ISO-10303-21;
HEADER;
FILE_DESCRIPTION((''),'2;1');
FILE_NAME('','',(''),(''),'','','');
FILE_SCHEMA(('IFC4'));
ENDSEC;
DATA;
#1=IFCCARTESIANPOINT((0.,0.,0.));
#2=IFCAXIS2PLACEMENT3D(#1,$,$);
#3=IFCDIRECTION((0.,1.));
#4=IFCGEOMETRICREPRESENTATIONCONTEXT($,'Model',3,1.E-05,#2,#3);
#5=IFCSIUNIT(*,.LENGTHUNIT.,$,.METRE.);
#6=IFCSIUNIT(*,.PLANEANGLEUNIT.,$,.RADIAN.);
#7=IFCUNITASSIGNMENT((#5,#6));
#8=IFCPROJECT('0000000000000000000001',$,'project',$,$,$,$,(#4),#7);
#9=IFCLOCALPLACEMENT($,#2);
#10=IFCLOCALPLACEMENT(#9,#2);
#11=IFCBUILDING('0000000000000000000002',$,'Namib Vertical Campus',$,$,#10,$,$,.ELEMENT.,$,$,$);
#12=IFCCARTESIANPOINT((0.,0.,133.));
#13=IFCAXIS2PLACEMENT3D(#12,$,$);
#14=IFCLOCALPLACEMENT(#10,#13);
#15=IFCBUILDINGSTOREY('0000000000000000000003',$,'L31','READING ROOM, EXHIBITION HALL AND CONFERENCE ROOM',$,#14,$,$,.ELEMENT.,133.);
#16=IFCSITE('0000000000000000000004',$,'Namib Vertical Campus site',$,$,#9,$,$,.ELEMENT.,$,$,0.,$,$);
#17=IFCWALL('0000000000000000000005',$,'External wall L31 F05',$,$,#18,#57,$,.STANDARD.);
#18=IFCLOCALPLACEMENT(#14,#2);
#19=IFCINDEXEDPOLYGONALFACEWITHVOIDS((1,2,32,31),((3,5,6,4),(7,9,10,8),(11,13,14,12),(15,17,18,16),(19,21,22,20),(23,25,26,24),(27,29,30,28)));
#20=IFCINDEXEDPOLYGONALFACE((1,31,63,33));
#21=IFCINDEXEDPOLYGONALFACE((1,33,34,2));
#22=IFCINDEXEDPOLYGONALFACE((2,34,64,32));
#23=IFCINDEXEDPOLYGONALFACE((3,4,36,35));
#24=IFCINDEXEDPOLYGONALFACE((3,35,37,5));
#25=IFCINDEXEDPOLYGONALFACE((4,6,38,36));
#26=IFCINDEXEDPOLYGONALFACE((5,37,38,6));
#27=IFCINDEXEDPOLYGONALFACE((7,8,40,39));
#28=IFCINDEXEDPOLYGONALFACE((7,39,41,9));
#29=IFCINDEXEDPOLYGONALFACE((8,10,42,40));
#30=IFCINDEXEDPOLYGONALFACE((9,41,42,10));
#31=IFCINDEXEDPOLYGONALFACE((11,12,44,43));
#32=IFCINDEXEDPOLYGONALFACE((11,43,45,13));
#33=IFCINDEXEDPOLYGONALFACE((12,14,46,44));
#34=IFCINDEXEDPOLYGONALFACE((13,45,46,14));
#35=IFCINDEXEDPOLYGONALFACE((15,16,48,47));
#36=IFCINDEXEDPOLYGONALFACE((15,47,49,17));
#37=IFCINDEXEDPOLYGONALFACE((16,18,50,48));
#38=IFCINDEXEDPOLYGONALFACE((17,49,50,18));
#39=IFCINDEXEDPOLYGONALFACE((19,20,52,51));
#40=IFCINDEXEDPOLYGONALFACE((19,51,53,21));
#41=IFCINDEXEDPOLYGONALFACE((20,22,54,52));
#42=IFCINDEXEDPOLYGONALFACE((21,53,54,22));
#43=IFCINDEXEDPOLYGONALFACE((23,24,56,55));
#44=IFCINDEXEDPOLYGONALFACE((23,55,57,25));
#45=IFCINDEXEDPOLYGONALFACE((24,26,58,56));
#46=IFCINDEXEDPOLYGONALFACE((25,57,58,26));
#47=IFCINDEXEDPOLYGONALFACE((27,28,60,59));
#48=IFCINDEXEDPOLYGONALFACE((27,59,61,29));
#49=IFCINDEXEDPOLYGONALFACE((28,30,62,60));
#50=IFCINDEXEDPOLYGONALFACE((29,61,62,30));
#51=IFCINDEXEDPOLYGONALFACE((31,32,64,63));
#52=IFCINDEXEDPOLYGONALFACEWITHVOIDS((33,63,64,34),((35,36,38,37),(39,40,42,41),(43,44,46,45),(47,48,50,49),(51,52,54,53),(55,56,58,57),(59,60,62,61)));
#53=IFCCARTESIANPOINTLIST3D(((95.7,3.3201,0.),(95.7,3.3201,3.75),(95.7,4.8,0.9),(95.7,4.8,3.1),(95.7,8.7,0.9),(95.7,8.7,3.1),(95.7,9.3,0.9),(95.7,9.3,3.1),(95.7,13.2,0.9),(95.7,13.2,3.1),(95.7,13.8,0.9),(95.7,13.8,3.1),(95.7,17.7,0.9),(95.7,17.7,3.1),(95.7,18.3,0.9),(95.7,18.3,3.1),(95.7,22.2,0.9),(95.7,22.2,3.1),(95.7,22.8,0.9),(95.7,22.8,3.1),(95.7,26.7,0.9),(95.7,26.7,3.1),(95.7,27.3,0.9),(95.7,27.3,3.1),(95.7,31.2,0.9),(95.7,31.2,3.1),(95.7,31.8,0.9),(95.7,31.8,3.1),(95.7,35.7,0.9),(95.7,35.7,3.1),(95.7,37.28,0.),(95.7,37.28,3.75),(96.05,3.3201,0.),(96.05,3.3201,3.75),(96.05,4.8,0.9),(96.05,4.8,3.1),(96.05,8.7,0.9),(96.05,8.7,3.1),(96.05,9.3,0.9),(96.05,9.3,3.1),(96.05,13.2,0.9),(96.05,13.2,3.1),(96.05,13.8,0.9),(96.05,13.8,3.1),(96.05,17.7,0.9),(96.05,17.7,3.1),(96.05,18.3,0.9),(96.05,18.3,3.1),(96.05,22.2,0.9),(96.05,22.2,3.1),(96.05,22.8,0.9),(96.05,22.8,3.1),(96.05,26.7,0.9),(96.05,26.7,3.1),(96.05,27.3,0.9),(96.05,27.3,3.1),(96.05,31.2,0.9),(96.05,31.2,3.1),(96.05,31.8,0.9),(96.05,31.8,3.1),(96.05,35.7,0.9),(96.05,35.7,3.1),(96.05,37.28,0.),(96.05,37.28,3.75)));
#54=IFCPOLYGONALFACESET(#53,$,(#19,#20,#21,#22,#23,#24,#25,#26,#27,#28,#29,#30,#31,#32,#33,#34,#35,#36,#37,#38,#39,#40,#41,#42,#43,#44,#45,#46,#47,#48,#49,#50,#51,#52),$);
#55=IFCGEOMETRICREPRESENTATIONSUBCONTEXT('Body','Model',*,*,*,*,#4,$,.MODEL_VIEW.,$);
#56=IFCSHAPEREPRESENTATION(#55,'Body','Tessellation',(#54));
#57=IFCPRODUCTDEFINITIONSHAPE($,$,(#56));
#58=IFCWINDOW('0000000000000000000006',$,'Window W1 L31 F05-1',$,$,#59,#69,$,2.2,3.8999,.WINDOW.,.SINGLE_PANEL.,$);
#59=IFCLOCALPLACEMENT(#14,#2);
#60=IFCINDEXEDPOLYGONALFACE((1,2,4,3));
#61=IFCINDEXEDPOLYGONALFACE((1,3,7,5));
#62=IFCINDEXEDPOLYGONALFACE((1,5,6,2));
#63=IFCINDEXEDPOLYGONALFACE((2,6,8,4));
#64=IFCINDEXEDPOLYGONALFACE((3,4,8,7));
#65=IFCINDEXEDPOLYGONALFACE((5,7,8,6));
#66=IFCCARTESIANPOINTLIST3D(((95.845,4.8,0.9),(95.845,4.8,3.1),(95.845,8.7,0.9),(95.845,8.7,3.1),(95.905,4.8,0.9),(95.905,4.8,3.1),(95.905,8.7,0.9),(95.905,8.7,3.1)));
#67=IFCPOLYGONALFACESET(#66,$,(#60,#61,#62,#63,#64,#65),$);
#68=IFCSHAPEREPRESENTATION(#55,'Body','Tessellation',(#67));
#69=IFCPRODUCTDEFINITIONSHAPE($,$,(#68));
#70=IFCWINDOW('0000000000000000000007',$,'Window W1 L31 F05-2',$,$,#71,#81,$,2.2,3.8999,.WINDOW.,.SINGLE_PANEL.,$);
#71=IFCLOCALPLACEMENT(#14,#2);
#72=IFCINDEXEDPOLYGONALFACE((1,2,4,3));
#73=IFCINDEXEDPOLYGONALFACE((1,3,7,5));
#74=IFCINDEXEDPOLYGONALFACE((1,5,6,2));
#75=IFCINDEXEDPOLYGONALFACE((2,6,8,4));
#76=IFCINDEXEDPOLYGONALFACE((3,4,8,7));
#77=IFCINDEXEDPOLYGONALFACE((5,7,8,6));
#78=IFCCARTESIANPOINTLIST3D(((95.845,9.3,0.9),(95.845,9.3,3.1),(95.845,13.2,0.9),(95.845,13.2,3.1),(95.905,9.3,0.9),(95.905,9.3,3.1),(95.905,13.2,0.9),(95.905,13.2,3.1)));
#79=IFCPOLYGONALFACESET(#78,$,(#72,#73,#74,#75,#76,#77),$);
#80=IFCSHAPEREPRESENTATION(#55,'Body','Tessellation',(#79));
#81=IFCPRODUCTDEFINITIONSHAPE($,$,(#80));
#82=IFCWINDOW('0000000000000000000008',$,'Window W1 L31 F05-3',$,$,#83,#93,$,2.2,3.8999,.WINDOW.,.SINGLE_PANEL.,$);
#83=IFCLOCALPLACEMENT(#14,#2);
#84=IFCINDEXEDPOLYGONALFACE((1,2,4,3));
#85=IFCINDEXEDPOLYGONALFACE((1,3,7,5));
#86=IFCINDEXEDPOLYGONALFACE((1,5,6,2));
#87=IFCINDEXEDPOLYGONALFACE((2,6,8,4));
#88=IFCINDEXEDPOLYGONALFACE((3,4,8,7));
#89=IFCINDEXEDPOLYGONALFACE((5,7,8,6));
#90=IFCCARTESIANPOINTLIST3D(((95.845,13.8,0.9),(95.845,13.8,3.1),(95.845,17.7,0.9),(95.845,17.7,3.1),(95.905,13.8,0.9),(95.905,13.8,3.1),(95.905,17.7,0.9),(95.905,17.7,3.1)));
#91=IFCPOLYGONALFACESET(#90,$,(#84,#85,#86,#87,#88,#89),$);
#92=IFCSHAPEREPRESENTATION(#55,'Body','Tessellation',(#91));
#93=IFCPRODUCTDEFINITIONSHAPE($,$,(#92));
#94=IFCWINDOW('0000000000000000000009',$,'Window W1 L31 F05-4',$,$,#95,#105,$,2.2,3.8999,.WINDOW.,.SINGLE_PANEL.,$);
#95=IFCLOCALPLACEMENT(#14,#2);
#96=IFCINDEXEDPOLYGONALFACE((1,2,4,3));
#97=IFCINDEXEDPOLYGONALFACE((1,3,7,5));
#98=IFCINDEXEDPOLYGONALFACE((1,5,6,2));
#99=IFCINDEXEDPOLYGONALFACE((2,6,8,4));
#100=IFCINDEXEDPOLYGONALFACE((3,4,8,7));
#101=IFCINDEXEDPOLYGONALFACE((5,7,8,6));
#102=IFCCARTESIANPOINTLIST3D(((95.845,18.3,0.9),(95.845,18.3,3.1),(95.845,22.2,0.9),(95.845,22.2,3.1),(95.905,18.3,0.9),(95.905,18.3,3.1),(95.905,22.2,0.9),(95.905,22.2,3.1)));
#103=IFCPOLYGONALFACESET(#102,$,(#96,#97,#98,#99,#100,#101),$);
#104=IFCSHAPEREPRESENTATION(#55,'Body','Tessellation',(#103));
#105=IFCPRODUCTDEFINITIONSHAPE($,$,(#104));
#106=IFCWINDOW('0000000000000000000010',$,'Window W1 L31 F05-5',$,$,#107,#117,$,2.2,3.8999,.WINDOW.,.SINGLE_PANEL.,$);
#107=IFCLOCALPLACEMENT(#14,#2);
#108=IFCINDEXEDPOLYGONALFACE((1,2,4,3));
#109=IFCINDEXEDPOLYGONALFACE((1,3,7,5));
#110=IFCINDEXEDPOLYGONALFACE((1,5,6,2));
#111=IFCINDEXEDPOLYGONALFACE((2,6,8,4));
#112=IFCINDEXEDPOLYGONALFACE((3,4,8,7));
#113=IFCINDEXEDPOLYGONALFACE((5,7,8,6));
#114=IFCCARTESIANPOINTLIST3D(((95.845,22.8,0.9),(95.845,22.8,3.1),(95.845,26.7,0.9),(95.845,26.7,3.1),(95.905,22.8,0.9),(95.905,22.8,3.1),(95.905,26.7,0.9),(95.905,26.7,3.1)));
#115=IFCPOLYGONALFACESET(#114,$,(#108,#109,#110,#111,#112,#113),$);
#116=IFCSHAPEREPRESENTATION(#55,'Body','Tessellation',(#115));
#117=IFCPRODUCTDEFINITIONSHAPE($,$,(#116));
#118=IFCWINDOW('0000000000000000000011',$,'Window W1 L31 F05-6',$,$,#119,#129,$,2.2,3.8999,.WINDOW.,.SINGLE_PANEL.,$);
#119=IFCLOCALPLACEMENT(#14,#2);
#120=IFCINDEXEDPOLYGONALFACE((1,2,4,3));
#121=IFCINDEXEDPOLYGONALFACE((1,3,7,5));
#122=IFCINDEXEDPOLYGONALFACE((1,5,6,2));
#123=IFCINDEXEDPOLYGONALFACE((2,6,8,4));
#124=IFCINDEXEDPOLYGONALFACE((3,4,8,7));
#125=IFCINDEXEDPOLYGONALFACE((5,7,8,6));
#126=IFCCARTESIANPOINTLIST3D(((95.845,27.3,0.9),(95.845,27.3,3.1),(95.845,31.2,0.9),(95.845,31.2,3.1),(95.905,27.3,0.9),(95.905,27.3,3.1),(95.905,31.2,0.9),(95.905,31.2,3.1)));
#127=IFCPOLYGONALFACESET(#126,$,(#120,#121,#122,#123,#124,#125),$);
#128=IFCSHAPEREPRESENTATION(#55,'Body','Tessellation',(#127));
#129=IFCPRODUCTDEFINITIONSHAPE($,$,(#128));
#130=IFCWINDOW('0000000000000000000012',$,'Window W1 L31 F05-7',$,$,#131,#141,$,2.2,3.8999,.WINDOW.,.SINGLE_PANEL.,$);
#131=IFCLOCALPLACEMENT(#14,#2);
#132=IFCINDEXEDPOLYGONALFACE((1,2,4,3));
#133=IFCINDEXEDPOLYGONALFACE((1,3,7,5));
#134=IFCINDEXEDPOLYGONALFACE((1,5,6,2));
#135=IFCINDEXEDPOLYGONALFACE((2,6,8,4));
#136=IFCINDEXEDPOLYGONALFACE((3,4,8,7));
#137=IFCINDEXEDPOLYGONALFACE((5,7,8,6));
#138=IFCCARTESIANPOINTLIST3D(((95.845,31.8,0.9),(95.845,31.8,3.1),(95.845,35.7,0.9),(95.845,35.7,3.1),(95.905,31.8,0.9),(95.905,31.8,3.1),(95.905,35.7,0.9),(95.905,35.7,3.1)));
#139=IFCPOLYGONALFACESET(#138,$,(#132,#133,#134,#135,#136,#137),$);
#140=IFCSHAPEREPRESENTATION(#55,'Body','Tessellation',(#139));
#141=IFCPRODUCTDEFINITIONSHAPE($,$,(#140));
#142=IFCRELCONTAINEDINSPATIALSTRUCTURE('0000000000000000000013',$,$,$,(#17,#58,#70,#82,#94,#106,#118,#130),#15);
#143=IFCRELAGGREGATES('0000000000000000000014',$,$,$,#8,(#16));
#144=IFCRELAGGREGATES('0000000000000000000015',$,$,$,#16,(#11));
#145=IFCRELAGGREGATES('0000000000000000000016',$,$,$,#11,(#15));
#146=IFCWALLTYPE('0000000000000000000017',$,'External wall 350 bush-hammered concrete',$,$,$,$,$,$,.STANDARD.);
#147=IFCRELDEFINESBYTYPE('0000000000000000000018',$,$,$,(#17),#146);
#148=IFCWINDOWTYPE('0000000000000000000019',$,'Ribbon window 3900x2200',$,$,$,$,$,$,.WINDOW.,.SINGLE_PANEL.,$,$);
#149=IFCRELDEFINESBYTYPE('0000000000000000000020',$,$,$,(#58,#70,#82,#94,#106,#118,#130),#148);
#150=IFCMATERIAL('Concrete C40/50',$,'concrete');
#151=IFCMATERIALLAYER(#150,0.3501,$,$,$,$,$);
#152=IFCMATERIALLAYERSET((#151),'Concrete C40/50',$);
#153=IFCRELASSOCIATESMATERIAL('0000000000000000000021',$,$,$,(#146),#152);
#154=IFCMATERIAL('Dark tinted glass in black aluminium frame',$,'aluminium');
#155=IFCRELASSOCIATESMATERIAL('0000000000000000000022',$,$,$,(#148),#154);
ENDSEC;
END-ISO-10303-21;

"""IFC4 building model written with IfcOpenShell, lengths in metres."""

from ifc_helpers import new_model, si_unit, direction, frame, frame_2d, origin, place, context, subcontext, project, spatial, rectangle, extrude, material, layer, layer_set, type_object, element, fill, save


model = new_model("IFC4")

# Units and contexts
model_context = context("Model", 3, precision=1e-05, world=origin(), true_north=direction((0.0, 1.0)))
body_context = subcontext(model_context, "Body", "Model", "MODEL_VIEW")
ifc_project = project(units=[si_unit("LENGTHUNIT", "METRE"), si_unit("PLANEANGLEUNIT", "RADIAN")], contexts=[model_context])

# Site, building, storey
site_placement = place(None, origin())
site = spatial("IfcSite", under=ifc_project, at=site_placement, Name="Namib Vertical Campus site", CompositionType="ELEMENT", RefElevation=0.0)
building_placement = place(site_placement, origin())
building = spatial("IfcBuilding", under=site, at=building_placement, Name="Namib Vertical Campus", CompositionType="ELEMENT")
storey_placement = place(building_placement, frame((0.0, 0.0, 133.0)))
storey = spatial("IfcBuildingStorey", under=building, at=storey_placement, Name="L31", Description="READING ROOM, EXHIBITION HALL AND CONFERENCE ROOM", CompositionType="ELEMENT", Elevation=133.0)

# Wall, openings, windows
ifc_material_1 = material(Name="Concrete C40/50", Category="concrete")
ifc_layer_1 = layer(ifc_material_1, 0.3501)
ifc_layer_set_1 = layer_set([ifc_layer_1], Name="Concrete C40/50")
wall_type_1 = type_object("IfcWallType", Name="External wall 350 bush-hammered concrete", PredefinedType="STANDARD", material=ifc_layer_set_1)
wall_1_placement = place(storey_placement, frame((95.875, 3.3201, 0.0), z_axis=(0.0, 0.0, 1.0), x_axis=(0.0, 1.0, 0.0)))
wall_1 = element("IfcWall", 1, at=wall_1_placement, inside=storey, type_object=wall_type_1, Name="External wall L31 F05", PredefinedType="STANDARD", context=body_context, shape_type="SweptSolid", body=[
    extrude(rectangle(XDim=33.96, YDim=0.3501, at=frame_2d((16.98, 0.0))), origin(), (0.0, 0.0, 1.0), 3.75),
])
opening_1_placement = place(wall_1_placement, frame((1.48, 0.0, 0.8999)))
opening_1 = element("IfcOpeningElement", 2, at=opening_1_placement, cuts=wall_1, PredefinedType="OPENING", context=body_context, shape_type="SweptSolid", body=[
    extrude(rectangle(XDim=3.8999, YDim=2.2, at=frame_2d((1.95, 1.1001))), frame((0.0, 0.1851, 0.0), z_axis=(0.0, -1.0, 0.0), x_axis=(1.0, 0.0, 0.0)), (0.0, 0.0, 1.0), 0.3701),
])
opening_2_placement = place(wall_1_placement, frame((5.98, 0.0, 0.8999)))
opening_2 = element("IfcOpeningElement", 3, at=opening_2_placement, cuts=wall_1, PredefinedType="OPENING", context=body_context, shape_type="SweptSolid", body=[
    extrude(rectangle(XDim=3.8999, YDim=2.2, at=frame_2d((1.95, 1.1001))), frame((0.0, 0.1851, 0.0), z_axis=(0.0, -1.0, 0.0), x_axis=(1.0, 0.0, 0.0)), (0.0, 0.0, 1.0), 0.3701),
])
opening_3_placement = place(wall_1_placement, frame((10.48, 0.0, 0.8999)))
opening_3 = element("IfcOpeningElement", 4, at=opening_3_placement, cuts=wall_1, PredefinedType="OPENING", context=body_context, shape_type="SweptSolid", body=[
    extrude(rectangle(XDim=3.8999, YDim=2.2, at=frame_2d((1.95, 1.1001))), frame((0.0, 0.1851, 0.0), z_axis=(0.0, -1.0, 0.0), x_axis=(1.0, 0.0, 0.0)), (0.0, 0.0, 1.0), 0.3701),
])
opening_4_placement = place(wall_1_placement, frame((14.98, 0.0, 0.8999)))
opening_4 = element("IfcOpeningElement", 5, at=opening_4_placement, cuts=wall_1, PredefinedType="OPENING", context=body_context, shape_type="SweptSolid", body=[
    extrude(rectangle(XDim=3.8999, YDim=2.2, at=frame_2d((1.95, 1.1001))), frame((0.0, 0.1851, 0.0), z_axis=(0.0, -1.0, 0.0), x_axis=(1.0, 0.0, 0.0)), (0.0, 0.0, 1.0), 0.3701),
])
opening_5_placement = place(wall_1_placement, frame((19.48, 0.0, 0.8999)))
opening_5 = element("IfcOpeningElement", 6, at=opening_5_placement, cuts=wall_1, PredefinedType="OPENING", context=body_context, shape_type="SweptSolid", body=[
    extrude(rectangle(XDim=3.8999, YDim=2.2, at=frame_2d((1.95, 1.1001))), frame((0.0, 0.1851, 0.0), z_axis=(0.0, -1.0, 0.0), x_axis=(1.0, 0.0, 0.0)), (0.0, 0.0, 1.0), 0.3701),
])
opening_6_placement = place(wall_1_placement, frame((23.98, 0.0, 0.8999)))
opening_6 = element("IfcOpeningElement", 7, at=opening_6_placement, cuts=wall_1, PredefinedType="OPENING", context=body_context, shape_type="SweptSolid", body=[
    extrude(rectangle(XDim=3.8999, YDim=2.2, at=frame_2d((1.95, 1.1001))), frame((0.0, 0.1851, 0.0), z_axis=(0.0, -1.0, 0.0), x_axis=(1.0, 0.0, 0.0)), (0.0, 0.0, 1.0), 0.3701),
])
opening_7_placement = place(wall_1_placement, frame((28.48, 0.0, 0.8999)))
opening_7 = element("IfcOpeningElement", 8, at=opening_7_placement, cuts=wall_1, PredefinedType="OPENING", context=body_context, shape_type="SweptSolid", body=[
    extrude(rectangle(XDim=3.8999, YDim=2.2, at=frame_2d((1.95, 1.1001))), frame((0.0, 0.1851, 0.0), z_axis=(0.0, -1.0, 0.0), x_axis=(1.0, 0.0, 0.0)), (0.0, 0.0, 1.0), 0.3701),
])
ifc_material_2 = material(Name="Dark tinted glass in black aluminium frame", Category="aluminium")
window_type = type_object("IfcWindowType", Name="Ribbon window 3900x2200", PartitioningType="SINGLE_PANEL", PredefinedType="WINDOW", material=ifc_material_2)
window_1_placement = place(opening_1_placement, origin())
window_1 = element("IfcWindow", 9, at=window_1_placement, inside=storey, type_object=window_type, Name="Window W1 L31 F05-1", OverallHeight=2.2, OverallWidth=3.8999, PartitioningType="SINGLE_PANEL", PredefinedType="WINDOW", context=body_context, shape_type="SweptSolid", body=[
    extrude(rectangle(XDim=3.8999, YDim=2.2, at=frame_2d((1.95, 1.1001))), frame((0.0, 0.03, 0.0), z_axis=(0.0, -1.0, 0.0), x_axis=(1.0, 0.0, 0.0)), (0.0, 0.0, 1.0), 0.0601),
])
fill(opening_1, window_1)
window_2_placement = place(opening_2_placement, origin())
window_2 = element("IfcWindow", 10, at=window_2_placement, inside=storey, type_object=window_type, Name="Window W1 L31 F05-2", OverallHeight=2.2, OverallWidth=3.8999, PartitioningType="SINGLE_PANEL", PredefinedType="WINDOW", context=body_context, shape_type="SweptSolid", body=[
    extrude(rectangle(XDim=3.8999, YDim=2.2, at=frame_2d((1.95, 1.1001))), frame((0.0, 0.03, 0.0), z_axis=(0.0, -1.0, 0.0), x_axis=(1.0, 0.0, 0.0)), (0.0, 0.0, 1.0), 0.0601),
])
fill(opening_2, window_2)
window_3_placement = place(opening_3_placement, origin())
window_3 = element("IfcWindow", 11, at=window_3_placement, inside=storey, type_object=window_type, Name="Window W1 L31 F05-3", OverallHeight=2.2, OverallWidth=3.8999, PartitioningType="SINGLE_PANEL", PredefinedType="WINDOW", context=body_context, shape_type="SweptSolid", body=[
    extrude(rectangle(XDim=3.8999, YDim=2.2, at=frame_2d((1.95, 1.1001))), frame((0.0, 0.03, 0.0), z_axis=(0.0, -1.0, 0.0), x_axis=(1.0, 0.0, 0.0)), (0.0, 0.0, 1.0), 0.0601),
])
fill(opening_3, window_3)
window_4_placement = place(opening_4_placement, origin())
window_4 = element("IfcWindow", 12, at=window_4_placement, inside=storey, type_object=window_type, Name="Window W1 L31 F05-4", OverallHeight=2.2, OverallWidth=3.8999, PartitioningType="SINGLE_PANEL", PredefinedType="WINDOW", context=body_context, shape_type="SweptSolid", body=[
    extrude(rectangle(XDim=3.8999, YDim=2.2, at=frame_2d((1.95, 1.1001))), frame((0.0, 0.03, 0.0), z_axis=(0.0, -1.0, 0.0), x_axis=(1.0, 0.0, 0.0)), (0.0, 0.0, 1.0), 0.0601),
])
fill(opening_4, window_4)
window_5_placement = place(opening_5_placement, origin())
window_5 = element("IfcWindow", 13, at=window_5_placement, inside=storey, type_object=window_type, Name="Window W1 L31 F05-5", OverallHeight=2.2, OverallWidth=3.8999, PartitioningType="SINGLE_PANEL", PredefinedType="WINDOW", context=body_context, shape_type="SweptSolid", body=[
    extrude(rectangle(XDim=3.8999, YDim=2.2, at=frame_2d((1.95, 1.1001))), frame((0.0, 0.03, 0.0), z_axis=(0.0, -1.0, 0.0), x_axis=(1.0, 0.0, 0.0)), (0.0, 0.0, 1.0), 0.0601),
])
fill(opening_5, window_5)
window_6_placement = place(opening_6_placement, origin())
window_6 = element("IfcWindow", 14, at=window_6_placement, inside=storey, type_object=window_type, Name="Window W1 L31 F05-6", OverallHeight=2.2, OverallWidth=3.8999, PartitioningType="SINGLE_PANEL", PredefinedType="WINDOW", context=body_context, shape_type="SweptSolid", body=[
    extrude(rectangle(XDim=3.8999, YDim=2.2, at=frame_2d((1.95, 1.1001))), frame((0.0, 0.03, 0.0), z_axis=(0.0, -1.0, 0.0), x_axis=(1.0, 0.0, 0.0)), (0.0, 0.0, 1.0), 0.0601),
])
fill(opening_6, window_6)
window_7_placement = place(opening_7_placement, origin())
window_7 = element("IfcWindow", 15, at=window_7_placement, inside=storey, type_object=window_type, Name="Window W1 L31 F05-7", OverallHeight=2.2, OverallWidth=3.8999, PartitioningType="SINGLE_PANEL", PredefinedType="WINDOW", context=body_context, shape_type="SweptSolid", body=[
    extrude(rectangle(XDim=3.8999, YDim=2.2, at=frame_2d((1.95, 1.1001))), frame((0.0, 0.03, 0.0), z_axis=(0.0, -1.0, 0.0), x_axis=(1.0, 0.0, 0.0)), (0.0, 0.0, 1.0), 0.0601),
])
fill(opening_7, window_7)

save(model, "model.ifc")
